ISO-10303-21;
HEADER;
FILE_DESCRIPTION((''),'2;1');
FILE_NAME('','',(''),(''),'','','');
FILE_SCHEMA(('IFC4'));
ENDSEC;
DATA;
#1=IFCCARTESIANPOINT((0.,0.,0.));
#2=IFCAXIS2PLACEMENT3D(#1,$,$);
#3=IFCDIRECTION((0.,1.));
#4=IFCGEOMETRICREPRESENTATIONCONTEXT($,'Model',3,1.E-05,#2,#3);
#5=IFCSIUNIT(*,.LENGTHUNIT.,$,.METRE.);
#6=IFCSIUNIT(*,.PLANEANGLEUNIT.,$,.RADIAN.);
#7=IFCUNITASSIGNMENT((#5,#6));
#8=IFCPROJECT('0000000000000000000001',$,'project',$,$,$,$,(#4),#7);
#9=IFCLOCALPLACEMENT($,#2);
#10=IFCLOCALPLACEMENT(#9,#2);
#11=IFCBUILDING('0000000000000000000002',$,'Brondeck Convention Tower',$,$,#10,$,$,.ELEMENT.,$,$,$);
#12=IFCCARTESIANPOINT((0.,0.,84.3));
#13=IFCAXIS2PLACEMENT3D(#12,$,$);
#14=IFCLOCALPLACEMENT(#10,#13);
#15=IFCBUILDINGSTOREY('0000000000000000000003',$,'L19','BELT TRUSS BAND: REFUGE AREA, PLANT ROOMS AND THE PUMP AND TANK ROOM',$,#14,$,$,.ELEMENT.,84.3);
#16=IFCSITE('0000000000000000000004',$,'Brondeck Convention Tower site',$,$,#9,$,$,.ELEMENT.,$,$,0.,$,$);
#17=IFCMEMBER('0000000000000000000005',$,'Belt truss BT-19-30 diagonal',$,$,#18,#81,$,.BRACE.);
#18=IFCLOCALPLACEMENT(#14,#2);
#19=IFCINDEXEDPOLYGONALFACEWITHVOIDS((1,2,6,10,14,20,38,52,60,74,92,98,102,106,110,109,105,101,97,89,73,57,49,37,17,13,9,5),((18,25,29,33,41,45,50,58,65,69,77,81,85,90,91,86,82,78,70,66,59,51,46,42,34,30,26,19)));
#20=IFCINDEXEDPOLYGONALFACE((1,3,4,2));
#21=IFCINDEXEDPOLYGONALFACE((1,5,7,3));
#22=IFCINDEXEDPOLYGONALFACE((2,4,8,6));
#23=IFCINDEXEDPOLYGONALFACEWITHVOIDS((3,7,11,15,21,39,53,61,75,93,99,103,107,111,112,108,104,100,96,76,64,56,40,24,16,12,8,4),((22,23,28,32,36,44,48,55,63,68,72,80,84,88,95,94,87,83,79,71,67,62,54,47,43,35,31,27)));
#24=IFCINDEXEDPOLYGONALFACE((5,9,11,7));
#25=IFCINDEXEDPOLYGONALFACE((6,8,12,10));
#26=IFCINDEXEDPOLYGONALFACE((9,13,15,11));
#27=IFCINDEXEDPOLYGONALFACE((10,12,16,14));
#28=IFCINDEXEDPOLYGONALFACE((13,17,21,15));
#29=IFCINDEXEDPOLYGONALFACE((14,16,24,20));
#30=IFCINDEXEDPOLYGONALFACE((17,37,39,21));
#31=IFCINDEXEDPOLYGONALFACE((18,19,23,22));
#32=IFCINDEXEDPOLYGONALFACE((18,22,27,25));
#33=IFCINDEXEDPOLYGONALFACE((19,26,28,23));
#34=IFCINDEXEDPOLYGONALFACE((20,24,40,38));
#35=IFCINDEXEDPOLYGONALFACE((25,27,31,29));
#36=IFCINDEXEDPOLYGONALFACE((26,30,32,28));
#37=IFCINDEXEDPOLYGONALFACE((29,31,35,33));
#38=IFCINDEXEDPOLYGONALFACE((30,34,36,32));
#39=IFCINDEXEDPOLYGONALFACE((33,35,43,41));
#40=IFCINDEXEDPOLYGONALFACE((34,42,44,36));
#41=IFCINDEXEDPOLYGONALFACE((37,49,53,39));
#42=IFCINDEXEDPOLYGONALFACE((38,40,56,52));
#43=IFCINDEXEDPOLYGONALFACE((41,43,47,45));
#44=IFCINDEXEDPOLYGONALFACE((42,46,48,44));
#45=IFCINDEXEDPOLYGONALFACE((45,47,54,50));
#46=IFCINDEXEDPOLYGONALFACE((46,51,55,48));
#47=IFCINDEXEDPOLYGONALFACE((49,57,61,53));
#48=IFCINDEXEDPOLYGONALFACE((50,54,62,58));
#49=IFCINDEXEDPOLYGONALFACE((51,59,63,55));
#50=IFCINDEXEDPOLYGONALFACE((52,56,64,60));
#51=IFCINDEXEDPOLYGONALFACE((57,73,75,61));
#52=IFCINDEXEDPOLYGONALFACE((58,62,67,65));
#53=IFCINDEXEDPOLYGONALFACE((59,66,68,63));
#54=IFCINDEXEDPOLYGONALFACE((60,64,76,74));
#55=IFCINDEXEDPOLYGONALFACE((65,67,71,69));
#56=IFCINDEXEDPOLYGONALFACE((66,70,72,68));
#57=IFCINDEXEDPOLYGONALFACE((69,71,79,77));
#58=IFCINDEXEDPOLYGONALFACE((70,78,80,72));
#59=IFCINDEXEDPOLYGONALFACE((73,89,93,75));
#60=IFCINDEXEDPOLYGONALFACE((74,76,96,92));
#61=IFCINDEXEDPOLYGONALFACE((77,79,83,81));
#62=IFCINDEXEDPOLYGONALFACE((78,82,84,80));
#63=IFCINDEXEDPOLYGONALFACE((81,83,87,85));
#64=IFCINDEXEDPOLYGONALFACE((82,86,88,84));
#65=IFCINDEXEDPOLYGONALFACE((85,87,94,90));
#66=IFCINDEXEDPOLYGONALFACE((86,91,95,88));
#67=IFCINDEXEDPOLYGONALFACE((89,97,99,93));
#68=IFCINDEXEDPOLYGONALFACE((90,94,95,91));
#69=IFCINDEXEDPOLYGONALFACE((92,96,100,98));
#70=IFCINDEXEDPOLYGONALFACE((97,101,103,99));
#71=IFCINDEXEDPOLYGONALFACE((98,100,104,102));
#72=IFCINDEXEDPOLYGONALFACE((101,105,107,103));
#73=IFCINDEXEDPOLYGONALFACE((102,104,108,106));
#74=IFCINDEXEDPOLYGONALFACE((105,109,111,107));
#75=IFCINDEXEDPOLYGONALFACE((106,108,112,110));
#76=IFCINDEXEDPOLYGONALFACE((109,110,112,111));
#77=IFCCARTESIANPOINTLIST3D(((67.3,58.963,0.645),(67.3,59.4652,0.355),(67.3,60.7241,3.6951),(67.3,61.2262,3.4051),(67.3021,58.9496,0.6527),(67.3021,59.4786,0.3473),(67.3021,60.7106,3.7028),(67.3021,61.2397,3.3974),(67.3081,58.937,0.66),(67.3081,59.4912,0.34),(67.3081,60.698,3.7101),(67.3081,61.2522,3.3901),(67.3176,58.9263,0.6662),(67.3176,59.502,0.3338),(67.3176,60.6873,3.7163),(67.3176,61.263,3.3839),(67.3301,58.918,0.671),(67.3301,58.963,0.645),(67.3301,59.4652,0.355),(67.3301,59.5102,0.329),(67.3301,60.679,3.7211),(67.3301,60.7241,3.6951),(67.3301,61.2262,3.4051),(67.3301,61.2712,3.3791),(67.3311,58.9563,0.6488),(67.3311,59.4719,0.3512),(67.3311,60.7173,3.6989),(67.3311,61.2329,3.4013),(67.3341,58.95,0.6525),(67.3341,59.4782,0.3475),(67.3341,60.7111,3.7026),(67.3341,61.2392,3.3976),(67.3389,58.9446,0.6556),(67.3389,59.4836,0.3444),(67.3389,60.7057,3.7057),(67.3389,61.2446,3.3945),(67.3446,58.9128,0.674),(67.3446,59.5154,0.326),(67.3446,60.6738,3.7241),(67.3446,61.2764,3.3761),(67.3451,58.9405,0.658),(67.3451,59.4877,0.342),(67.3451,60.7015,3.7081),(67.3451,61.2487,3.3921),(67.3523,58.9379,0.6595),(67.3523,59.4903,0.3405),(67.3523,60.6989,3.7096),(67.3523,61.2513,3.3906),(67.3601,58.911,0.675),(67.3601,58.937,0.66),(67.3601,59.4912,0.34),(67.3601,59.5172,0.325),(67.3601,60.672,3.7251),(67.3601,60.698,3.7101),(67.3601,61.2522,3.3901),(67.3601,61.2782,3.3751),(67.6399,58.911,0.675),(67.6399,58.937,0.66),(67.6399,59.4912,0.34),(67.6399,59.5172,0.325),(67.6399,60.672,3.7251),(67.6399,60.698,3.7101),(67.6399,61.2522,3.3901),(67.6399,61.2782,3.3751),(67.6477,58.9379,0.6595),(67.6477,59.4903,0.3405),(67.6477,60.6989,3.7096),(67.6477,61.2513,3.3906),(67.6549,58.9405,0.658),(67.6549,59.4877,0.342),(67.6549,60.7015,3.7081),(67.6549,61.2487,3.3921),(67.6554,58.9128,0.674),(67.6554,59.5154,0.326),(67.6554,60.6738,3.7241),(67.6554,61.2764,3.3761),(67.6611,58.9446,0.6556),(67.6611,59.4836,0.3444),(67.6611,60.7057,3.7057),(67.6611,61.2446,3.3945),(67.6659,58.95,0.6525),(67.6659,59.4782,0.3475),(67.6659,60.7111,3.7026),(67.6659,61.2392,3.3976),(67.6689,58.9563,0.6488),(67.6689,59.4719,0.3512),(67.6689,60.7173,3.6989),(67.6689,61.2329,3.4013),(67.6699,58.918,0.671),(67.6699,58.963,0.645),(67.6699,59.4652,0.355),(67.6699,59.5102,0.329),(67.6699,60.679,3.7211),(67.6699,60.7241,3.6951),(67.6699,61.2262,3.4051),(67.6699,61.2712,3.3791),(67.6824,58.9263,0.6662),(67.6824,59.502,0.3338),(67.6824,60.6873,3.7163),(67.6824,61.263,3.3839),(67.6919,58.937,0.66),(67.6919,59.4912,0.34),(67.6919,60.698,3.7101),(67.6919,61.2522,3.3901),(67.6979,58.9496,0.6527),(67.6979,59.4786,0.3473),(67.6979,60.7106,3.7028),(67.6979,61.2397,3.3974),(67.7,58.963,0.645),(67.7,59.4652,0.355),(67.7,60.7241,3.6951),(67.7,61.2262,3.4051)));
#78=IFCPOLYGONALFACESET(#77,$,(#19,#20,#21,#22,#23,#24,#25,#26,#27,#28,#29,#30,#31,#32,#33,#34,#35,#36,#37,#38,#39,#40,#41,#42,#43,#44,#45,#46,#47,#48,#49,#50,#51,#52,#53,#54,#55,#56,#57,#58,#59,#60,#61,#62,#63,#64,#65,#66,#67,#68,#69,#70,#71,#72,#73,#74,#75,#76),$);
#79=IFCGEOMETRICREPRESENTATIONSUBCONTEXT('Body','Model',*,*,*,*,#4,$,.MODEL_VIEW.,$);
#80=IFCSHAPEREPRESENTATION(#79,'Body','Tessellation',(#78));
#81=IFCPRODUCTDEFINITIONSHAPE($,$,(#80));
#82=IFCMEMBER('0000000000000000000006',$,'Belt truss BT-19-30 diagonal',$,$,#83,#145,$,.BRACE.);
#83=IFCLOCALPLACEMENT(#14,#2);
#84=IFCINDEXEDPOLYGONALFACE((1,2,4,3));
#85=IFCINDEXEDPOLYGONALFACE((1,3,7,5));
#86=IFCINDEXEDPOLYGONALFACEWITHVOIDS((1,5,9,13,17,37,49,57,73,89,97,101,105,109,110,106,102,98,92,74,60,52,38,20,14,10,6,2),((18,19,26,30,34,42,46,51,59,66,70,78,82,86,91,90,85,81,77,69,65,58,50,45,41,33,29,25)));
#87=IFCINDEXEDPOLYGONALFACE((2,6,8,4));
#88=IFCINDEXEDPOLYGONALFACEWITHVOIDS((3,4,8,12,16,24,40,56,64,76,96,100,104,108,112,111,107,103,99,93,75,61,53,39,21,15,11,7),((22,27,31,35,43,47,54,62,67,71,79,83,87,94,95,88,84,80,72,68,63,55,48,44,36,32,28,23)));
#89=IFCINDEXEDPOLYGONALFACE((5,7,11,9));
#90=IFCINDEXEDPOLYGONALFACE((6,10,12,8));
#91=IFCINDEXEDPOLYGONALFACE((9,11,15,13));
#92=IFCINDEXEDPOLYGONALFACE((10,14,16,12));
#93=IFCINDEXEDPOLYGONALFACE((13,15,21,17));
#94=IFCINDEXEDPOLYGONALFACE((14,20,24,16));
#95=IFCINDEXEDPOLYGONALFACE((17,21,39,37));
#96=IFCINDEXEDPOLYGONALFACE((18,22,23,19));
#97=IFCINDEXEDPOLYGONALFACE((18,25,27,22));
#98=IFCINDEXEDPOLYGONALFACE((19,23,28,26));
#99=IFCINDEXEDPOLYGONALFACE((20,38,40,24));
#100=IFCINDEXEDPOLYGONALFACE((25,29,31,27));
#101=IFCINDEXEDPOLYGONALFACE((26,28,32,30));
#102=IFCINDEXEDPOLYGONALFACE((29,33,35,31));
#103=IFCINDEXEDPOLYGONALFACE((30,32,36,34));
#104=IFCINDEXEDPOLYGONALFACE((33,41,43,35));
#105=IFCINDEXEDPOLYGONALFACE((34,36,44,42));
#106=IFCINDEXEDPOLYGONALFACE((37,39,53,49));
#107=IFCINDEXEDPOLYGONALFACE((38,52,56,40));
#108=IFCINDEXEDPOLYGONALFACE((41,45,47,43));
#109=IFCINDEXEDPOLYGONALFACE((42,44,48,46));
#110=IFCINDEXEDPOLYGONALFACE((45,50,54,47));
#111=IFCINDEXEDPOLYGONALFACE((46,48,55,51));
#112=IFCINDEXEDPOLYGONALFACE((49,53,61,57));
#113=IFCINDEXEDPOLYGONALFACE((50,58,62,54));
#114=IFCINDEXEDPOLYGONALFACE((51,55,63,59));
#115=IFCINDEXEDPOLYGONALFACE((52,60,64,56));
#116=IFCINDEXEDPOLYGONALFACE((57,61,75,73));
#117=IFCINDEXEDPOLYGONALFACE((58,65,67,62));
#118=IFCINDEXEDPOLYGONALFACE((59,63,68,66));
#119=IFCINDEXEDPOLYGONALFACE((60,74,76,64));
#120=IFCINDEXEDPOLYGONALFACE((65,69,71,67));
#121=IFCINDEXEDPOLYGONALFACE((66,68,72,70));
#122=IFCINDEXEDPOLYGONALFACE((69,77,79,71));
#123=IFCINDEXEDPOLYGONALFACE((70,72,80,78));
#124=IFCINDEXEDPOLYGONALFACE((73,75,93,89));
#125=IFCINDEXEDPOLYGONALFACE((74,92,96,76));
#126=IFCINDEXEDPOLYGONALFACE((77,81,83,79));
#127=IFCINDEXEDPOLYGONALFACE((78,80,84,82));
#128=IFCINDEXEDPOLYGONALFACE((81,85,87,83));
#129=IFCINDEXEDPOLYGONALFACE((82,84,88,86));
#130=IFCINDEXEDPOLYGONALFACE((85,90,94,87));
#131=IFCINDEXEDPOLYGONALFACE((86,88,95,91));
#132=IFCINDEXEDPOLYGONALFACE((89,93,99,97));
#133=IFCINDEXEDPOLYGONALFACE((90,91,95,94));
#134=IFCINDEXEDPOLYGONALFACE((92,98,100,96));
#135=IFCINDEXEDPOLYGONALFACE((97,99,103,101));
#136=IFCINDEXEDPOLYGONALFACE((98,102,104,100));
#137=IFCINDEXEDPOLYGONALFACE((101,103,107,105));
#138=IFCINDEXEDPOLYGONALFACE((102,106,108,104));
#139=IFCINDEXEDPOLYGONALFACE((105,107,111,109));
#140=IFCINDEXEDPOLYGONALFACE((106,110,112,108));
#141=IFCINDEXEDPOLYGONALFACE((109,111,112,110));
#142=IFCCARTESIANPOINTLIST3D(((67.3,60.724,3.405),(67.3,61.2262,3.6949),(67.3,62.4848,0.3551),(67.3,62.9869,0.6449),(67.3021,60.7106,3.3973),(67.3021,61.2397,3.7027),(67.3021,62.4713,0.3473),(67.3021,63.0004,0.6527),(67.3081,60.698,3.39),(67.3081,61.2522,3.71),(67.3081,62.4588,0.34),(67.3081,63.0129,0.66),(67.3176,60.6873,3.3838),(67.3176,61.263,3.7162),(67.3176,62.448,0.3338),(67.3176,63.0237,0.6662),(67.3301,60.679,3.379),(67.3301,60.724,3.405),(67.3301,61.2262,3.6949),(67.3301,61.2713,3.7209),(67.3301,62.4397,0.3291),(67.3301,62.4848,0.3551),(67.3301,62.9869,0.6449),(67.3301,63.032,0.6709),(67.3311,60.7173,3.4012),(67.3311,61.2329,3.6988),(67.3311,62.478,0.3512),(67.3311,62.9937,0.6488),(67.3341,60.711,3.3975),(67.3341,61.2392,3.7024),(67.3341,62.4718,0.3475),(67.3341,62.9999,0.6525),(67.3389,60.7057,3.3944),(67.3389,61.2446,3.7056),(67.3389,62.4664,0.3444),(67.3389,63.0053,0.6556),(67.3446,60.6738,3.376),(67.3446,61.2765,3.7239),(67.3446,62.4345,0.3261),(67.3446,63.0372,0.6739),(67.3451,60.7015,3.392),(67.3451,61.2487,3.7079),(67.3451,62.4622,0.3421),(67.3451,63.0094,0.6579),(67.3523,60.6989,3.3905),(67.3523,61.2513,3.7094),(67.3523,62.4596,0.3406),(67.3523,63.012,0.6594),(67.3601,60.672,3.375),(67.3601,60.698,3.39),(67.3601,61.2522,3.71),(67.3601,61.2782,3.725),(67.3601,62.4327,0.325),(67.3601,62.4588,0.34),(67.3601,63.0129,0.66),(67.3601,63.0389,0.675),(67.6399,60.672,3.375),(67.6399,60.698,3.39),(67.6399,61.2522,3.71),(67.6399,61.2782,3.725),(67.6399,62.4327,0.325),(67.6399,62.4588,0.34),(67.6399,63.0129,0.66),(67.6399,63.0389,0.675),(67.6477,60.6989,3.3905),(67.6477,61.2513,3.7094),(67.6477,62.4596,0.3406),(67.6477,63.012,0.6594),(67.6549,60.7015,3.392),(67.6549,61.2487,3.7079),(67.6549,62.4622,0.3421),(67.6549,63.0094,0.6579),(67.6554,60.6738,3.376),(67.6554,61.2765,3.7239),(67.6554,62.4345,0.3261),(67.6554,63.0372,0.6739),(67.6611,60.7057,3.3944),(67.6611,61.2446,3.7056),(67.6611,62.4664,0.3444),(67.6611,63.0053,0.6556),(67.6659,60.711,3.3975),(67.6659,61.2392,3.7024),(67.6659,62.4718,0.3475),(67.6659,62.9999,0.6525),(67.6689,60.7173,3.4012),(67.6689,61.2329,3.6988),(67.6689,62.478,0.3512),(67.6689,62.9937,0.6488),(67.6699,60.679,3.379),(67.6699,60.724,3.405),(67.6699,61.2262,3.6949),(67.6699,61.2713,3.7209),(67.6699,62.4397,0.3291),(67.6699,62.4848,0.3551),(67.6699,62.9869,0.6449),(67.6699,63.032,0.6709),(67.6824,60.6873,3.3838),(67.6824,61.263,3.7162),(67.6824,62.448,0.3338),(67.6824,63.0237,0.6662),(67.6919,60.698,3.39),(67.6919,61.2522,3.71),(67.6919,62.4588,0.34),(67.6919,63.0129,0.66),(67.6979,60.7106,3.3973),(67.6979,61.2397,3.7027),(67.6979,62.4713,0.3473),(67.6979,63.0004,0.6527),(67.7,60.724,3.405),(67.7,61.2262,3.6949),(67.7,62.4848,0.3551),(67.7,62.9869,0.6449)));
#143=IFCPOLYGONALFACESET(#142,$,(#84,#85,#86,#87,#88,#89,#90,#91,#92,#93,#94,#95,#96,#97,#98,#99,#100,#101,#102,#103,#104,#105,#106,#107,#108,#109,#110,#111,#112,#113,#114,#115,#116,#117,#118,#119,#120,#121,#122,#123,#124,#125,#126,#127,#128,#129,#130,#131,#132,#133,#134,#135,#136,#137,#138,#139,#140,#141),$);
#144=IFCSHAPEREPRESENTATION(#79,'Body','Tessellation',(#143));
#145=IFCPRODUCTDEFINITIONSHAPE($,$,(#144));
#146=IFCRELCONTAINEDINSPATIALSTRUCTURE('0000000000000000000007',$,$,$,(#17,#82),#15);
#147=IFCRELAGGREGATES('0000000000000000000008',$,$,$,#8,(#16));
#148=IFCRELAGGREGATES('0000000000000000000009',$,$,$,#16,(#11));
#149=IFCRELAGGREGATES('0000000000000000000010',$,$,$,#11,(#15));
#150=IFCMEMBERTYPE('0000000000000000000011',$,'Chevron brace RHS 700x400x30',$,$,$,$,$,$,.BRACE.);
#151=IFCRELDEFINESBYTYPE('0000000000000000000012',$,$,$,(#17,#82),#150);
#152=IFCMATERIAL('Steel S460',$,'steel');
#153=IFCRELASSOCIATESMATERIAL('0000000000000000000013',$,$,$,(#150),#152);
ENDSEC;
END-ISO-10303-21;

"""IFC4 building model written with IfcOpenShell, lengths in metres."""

from ifc_helpers import new_model, si_unit, direction, frame, origin, origin_2d, place, context, subcontext, project, spatial, hollow_rectangle, extrude, material, material_profile, profile_set, type_object, element, save


model = new_model("IFC4")

# Units and contexts
model_context = context("Model", 3, precision=1e-05, world=origin(), true_north=direction((0.0, 1.0)))
body_context = subcontext(model_context, "Body", "Model", "MODEL_VIEW")
ifc_project = project(units=[si_unit("LENGTHUNIT", "METRE"), si_unit("PLANEANGLEUNIT", "RADIAN")], contexts=[model_context])

# Site, building, storey
site_placement = place(None, origin())
site = spatial("IfcSite", under=ifc_project, at=site_placement, Name="Brondeck Convention Tower site", CompositionType="ELEMENT", RefElevation=0.0)
building_placement = place(site_placement, origin())
building = spatial("IfcBuilding", under=site, at=building_placement, Name="Brondeck Convention Tower", CompositionType="ELEMENT")
storey_placement = place(building_placement, frame((0.0, 0.0, 84.3)))
storey = spatial("IfcBuildingStorey", under=building, at=storey_placement, Name="L19", Description="BELT TRUSS BAND: REFUGE AREA, PLANT ROOMS AND THE PUMP AND TANK ROOM", CompositionType="ELEMENT", Elevation=84.3)

# Members
ifc_material_1 = material(Name="Steel S460", Category="steel")
ifc_material_profile_1 = material_profile(ifc_material_1, hollow_rectangle(XDim=0.3999, YDim=0.7, WallThickness=0.03, InnerFilletRadius=0.03, OuterFilletRadius=0.0601, at=origin_2d()), Name="RHS 700x400x30")
ifc_profile_set_1 = profile_set([ifc_material_profile_1], Name="Steel S460")
member_type_1 = type_object("IfcMemberType", Name="Chevron brace RHS 700x400x30", PredefinedType="BRACE", material=ifc_profile_set_1)
for number, where, z_axis, x_axis, name in (
    (1, (67.5, 59.2141, 0.5), (0.0, 0.500008, 0.866021), (-1.0, 0.0, 0.0), "Belt truss BT-19-30 diagonal"),
):
    element("IfcMember", number, at=place(storey_placement, frame(where, z_axis=z_axis, x_axis=x_axis)), inside=storey, type_object=member_type_1, Name=name, PredefinedType="BRACE", context=body_context, shape_type="SweptSolid", body=[
        extrude(hollow_rectangle(XDim=0.3999, YDim=0.7, WallThickness=0.03, InnerFilletRadius=0.03, OuterFilletRadius=0.0601, at=origin_2d()), origin(), (0.0, 0.0, 1.0), 3.522),
    ])
member_1_placement = place(storey_placement, frame((67.5, 62.7358, 0.5), z_axis=(0.0, -0.499956, 0.866051), x_axis=(1.0, 0.0, 0.0)))
element("IfcMember", 2, at=member_1_placement, inside=storey, type_object=member_type_1, Name="Belt truss BT-19-30 diagonal", PredefinedType="BRACE", context=body_context, shape_type="SweptSolid", body=[
    extrude(hollow_rectangle(XDim=0.3999, YDim=0.7, WallThickness=0.03, InnerFilletRadius=0.03, OuterFilletRadius=0.0601, at=origin_2d()), origin(), (0.0, 0.0, 1.0), 3.5217),
])

save(model, "model.ifc")
